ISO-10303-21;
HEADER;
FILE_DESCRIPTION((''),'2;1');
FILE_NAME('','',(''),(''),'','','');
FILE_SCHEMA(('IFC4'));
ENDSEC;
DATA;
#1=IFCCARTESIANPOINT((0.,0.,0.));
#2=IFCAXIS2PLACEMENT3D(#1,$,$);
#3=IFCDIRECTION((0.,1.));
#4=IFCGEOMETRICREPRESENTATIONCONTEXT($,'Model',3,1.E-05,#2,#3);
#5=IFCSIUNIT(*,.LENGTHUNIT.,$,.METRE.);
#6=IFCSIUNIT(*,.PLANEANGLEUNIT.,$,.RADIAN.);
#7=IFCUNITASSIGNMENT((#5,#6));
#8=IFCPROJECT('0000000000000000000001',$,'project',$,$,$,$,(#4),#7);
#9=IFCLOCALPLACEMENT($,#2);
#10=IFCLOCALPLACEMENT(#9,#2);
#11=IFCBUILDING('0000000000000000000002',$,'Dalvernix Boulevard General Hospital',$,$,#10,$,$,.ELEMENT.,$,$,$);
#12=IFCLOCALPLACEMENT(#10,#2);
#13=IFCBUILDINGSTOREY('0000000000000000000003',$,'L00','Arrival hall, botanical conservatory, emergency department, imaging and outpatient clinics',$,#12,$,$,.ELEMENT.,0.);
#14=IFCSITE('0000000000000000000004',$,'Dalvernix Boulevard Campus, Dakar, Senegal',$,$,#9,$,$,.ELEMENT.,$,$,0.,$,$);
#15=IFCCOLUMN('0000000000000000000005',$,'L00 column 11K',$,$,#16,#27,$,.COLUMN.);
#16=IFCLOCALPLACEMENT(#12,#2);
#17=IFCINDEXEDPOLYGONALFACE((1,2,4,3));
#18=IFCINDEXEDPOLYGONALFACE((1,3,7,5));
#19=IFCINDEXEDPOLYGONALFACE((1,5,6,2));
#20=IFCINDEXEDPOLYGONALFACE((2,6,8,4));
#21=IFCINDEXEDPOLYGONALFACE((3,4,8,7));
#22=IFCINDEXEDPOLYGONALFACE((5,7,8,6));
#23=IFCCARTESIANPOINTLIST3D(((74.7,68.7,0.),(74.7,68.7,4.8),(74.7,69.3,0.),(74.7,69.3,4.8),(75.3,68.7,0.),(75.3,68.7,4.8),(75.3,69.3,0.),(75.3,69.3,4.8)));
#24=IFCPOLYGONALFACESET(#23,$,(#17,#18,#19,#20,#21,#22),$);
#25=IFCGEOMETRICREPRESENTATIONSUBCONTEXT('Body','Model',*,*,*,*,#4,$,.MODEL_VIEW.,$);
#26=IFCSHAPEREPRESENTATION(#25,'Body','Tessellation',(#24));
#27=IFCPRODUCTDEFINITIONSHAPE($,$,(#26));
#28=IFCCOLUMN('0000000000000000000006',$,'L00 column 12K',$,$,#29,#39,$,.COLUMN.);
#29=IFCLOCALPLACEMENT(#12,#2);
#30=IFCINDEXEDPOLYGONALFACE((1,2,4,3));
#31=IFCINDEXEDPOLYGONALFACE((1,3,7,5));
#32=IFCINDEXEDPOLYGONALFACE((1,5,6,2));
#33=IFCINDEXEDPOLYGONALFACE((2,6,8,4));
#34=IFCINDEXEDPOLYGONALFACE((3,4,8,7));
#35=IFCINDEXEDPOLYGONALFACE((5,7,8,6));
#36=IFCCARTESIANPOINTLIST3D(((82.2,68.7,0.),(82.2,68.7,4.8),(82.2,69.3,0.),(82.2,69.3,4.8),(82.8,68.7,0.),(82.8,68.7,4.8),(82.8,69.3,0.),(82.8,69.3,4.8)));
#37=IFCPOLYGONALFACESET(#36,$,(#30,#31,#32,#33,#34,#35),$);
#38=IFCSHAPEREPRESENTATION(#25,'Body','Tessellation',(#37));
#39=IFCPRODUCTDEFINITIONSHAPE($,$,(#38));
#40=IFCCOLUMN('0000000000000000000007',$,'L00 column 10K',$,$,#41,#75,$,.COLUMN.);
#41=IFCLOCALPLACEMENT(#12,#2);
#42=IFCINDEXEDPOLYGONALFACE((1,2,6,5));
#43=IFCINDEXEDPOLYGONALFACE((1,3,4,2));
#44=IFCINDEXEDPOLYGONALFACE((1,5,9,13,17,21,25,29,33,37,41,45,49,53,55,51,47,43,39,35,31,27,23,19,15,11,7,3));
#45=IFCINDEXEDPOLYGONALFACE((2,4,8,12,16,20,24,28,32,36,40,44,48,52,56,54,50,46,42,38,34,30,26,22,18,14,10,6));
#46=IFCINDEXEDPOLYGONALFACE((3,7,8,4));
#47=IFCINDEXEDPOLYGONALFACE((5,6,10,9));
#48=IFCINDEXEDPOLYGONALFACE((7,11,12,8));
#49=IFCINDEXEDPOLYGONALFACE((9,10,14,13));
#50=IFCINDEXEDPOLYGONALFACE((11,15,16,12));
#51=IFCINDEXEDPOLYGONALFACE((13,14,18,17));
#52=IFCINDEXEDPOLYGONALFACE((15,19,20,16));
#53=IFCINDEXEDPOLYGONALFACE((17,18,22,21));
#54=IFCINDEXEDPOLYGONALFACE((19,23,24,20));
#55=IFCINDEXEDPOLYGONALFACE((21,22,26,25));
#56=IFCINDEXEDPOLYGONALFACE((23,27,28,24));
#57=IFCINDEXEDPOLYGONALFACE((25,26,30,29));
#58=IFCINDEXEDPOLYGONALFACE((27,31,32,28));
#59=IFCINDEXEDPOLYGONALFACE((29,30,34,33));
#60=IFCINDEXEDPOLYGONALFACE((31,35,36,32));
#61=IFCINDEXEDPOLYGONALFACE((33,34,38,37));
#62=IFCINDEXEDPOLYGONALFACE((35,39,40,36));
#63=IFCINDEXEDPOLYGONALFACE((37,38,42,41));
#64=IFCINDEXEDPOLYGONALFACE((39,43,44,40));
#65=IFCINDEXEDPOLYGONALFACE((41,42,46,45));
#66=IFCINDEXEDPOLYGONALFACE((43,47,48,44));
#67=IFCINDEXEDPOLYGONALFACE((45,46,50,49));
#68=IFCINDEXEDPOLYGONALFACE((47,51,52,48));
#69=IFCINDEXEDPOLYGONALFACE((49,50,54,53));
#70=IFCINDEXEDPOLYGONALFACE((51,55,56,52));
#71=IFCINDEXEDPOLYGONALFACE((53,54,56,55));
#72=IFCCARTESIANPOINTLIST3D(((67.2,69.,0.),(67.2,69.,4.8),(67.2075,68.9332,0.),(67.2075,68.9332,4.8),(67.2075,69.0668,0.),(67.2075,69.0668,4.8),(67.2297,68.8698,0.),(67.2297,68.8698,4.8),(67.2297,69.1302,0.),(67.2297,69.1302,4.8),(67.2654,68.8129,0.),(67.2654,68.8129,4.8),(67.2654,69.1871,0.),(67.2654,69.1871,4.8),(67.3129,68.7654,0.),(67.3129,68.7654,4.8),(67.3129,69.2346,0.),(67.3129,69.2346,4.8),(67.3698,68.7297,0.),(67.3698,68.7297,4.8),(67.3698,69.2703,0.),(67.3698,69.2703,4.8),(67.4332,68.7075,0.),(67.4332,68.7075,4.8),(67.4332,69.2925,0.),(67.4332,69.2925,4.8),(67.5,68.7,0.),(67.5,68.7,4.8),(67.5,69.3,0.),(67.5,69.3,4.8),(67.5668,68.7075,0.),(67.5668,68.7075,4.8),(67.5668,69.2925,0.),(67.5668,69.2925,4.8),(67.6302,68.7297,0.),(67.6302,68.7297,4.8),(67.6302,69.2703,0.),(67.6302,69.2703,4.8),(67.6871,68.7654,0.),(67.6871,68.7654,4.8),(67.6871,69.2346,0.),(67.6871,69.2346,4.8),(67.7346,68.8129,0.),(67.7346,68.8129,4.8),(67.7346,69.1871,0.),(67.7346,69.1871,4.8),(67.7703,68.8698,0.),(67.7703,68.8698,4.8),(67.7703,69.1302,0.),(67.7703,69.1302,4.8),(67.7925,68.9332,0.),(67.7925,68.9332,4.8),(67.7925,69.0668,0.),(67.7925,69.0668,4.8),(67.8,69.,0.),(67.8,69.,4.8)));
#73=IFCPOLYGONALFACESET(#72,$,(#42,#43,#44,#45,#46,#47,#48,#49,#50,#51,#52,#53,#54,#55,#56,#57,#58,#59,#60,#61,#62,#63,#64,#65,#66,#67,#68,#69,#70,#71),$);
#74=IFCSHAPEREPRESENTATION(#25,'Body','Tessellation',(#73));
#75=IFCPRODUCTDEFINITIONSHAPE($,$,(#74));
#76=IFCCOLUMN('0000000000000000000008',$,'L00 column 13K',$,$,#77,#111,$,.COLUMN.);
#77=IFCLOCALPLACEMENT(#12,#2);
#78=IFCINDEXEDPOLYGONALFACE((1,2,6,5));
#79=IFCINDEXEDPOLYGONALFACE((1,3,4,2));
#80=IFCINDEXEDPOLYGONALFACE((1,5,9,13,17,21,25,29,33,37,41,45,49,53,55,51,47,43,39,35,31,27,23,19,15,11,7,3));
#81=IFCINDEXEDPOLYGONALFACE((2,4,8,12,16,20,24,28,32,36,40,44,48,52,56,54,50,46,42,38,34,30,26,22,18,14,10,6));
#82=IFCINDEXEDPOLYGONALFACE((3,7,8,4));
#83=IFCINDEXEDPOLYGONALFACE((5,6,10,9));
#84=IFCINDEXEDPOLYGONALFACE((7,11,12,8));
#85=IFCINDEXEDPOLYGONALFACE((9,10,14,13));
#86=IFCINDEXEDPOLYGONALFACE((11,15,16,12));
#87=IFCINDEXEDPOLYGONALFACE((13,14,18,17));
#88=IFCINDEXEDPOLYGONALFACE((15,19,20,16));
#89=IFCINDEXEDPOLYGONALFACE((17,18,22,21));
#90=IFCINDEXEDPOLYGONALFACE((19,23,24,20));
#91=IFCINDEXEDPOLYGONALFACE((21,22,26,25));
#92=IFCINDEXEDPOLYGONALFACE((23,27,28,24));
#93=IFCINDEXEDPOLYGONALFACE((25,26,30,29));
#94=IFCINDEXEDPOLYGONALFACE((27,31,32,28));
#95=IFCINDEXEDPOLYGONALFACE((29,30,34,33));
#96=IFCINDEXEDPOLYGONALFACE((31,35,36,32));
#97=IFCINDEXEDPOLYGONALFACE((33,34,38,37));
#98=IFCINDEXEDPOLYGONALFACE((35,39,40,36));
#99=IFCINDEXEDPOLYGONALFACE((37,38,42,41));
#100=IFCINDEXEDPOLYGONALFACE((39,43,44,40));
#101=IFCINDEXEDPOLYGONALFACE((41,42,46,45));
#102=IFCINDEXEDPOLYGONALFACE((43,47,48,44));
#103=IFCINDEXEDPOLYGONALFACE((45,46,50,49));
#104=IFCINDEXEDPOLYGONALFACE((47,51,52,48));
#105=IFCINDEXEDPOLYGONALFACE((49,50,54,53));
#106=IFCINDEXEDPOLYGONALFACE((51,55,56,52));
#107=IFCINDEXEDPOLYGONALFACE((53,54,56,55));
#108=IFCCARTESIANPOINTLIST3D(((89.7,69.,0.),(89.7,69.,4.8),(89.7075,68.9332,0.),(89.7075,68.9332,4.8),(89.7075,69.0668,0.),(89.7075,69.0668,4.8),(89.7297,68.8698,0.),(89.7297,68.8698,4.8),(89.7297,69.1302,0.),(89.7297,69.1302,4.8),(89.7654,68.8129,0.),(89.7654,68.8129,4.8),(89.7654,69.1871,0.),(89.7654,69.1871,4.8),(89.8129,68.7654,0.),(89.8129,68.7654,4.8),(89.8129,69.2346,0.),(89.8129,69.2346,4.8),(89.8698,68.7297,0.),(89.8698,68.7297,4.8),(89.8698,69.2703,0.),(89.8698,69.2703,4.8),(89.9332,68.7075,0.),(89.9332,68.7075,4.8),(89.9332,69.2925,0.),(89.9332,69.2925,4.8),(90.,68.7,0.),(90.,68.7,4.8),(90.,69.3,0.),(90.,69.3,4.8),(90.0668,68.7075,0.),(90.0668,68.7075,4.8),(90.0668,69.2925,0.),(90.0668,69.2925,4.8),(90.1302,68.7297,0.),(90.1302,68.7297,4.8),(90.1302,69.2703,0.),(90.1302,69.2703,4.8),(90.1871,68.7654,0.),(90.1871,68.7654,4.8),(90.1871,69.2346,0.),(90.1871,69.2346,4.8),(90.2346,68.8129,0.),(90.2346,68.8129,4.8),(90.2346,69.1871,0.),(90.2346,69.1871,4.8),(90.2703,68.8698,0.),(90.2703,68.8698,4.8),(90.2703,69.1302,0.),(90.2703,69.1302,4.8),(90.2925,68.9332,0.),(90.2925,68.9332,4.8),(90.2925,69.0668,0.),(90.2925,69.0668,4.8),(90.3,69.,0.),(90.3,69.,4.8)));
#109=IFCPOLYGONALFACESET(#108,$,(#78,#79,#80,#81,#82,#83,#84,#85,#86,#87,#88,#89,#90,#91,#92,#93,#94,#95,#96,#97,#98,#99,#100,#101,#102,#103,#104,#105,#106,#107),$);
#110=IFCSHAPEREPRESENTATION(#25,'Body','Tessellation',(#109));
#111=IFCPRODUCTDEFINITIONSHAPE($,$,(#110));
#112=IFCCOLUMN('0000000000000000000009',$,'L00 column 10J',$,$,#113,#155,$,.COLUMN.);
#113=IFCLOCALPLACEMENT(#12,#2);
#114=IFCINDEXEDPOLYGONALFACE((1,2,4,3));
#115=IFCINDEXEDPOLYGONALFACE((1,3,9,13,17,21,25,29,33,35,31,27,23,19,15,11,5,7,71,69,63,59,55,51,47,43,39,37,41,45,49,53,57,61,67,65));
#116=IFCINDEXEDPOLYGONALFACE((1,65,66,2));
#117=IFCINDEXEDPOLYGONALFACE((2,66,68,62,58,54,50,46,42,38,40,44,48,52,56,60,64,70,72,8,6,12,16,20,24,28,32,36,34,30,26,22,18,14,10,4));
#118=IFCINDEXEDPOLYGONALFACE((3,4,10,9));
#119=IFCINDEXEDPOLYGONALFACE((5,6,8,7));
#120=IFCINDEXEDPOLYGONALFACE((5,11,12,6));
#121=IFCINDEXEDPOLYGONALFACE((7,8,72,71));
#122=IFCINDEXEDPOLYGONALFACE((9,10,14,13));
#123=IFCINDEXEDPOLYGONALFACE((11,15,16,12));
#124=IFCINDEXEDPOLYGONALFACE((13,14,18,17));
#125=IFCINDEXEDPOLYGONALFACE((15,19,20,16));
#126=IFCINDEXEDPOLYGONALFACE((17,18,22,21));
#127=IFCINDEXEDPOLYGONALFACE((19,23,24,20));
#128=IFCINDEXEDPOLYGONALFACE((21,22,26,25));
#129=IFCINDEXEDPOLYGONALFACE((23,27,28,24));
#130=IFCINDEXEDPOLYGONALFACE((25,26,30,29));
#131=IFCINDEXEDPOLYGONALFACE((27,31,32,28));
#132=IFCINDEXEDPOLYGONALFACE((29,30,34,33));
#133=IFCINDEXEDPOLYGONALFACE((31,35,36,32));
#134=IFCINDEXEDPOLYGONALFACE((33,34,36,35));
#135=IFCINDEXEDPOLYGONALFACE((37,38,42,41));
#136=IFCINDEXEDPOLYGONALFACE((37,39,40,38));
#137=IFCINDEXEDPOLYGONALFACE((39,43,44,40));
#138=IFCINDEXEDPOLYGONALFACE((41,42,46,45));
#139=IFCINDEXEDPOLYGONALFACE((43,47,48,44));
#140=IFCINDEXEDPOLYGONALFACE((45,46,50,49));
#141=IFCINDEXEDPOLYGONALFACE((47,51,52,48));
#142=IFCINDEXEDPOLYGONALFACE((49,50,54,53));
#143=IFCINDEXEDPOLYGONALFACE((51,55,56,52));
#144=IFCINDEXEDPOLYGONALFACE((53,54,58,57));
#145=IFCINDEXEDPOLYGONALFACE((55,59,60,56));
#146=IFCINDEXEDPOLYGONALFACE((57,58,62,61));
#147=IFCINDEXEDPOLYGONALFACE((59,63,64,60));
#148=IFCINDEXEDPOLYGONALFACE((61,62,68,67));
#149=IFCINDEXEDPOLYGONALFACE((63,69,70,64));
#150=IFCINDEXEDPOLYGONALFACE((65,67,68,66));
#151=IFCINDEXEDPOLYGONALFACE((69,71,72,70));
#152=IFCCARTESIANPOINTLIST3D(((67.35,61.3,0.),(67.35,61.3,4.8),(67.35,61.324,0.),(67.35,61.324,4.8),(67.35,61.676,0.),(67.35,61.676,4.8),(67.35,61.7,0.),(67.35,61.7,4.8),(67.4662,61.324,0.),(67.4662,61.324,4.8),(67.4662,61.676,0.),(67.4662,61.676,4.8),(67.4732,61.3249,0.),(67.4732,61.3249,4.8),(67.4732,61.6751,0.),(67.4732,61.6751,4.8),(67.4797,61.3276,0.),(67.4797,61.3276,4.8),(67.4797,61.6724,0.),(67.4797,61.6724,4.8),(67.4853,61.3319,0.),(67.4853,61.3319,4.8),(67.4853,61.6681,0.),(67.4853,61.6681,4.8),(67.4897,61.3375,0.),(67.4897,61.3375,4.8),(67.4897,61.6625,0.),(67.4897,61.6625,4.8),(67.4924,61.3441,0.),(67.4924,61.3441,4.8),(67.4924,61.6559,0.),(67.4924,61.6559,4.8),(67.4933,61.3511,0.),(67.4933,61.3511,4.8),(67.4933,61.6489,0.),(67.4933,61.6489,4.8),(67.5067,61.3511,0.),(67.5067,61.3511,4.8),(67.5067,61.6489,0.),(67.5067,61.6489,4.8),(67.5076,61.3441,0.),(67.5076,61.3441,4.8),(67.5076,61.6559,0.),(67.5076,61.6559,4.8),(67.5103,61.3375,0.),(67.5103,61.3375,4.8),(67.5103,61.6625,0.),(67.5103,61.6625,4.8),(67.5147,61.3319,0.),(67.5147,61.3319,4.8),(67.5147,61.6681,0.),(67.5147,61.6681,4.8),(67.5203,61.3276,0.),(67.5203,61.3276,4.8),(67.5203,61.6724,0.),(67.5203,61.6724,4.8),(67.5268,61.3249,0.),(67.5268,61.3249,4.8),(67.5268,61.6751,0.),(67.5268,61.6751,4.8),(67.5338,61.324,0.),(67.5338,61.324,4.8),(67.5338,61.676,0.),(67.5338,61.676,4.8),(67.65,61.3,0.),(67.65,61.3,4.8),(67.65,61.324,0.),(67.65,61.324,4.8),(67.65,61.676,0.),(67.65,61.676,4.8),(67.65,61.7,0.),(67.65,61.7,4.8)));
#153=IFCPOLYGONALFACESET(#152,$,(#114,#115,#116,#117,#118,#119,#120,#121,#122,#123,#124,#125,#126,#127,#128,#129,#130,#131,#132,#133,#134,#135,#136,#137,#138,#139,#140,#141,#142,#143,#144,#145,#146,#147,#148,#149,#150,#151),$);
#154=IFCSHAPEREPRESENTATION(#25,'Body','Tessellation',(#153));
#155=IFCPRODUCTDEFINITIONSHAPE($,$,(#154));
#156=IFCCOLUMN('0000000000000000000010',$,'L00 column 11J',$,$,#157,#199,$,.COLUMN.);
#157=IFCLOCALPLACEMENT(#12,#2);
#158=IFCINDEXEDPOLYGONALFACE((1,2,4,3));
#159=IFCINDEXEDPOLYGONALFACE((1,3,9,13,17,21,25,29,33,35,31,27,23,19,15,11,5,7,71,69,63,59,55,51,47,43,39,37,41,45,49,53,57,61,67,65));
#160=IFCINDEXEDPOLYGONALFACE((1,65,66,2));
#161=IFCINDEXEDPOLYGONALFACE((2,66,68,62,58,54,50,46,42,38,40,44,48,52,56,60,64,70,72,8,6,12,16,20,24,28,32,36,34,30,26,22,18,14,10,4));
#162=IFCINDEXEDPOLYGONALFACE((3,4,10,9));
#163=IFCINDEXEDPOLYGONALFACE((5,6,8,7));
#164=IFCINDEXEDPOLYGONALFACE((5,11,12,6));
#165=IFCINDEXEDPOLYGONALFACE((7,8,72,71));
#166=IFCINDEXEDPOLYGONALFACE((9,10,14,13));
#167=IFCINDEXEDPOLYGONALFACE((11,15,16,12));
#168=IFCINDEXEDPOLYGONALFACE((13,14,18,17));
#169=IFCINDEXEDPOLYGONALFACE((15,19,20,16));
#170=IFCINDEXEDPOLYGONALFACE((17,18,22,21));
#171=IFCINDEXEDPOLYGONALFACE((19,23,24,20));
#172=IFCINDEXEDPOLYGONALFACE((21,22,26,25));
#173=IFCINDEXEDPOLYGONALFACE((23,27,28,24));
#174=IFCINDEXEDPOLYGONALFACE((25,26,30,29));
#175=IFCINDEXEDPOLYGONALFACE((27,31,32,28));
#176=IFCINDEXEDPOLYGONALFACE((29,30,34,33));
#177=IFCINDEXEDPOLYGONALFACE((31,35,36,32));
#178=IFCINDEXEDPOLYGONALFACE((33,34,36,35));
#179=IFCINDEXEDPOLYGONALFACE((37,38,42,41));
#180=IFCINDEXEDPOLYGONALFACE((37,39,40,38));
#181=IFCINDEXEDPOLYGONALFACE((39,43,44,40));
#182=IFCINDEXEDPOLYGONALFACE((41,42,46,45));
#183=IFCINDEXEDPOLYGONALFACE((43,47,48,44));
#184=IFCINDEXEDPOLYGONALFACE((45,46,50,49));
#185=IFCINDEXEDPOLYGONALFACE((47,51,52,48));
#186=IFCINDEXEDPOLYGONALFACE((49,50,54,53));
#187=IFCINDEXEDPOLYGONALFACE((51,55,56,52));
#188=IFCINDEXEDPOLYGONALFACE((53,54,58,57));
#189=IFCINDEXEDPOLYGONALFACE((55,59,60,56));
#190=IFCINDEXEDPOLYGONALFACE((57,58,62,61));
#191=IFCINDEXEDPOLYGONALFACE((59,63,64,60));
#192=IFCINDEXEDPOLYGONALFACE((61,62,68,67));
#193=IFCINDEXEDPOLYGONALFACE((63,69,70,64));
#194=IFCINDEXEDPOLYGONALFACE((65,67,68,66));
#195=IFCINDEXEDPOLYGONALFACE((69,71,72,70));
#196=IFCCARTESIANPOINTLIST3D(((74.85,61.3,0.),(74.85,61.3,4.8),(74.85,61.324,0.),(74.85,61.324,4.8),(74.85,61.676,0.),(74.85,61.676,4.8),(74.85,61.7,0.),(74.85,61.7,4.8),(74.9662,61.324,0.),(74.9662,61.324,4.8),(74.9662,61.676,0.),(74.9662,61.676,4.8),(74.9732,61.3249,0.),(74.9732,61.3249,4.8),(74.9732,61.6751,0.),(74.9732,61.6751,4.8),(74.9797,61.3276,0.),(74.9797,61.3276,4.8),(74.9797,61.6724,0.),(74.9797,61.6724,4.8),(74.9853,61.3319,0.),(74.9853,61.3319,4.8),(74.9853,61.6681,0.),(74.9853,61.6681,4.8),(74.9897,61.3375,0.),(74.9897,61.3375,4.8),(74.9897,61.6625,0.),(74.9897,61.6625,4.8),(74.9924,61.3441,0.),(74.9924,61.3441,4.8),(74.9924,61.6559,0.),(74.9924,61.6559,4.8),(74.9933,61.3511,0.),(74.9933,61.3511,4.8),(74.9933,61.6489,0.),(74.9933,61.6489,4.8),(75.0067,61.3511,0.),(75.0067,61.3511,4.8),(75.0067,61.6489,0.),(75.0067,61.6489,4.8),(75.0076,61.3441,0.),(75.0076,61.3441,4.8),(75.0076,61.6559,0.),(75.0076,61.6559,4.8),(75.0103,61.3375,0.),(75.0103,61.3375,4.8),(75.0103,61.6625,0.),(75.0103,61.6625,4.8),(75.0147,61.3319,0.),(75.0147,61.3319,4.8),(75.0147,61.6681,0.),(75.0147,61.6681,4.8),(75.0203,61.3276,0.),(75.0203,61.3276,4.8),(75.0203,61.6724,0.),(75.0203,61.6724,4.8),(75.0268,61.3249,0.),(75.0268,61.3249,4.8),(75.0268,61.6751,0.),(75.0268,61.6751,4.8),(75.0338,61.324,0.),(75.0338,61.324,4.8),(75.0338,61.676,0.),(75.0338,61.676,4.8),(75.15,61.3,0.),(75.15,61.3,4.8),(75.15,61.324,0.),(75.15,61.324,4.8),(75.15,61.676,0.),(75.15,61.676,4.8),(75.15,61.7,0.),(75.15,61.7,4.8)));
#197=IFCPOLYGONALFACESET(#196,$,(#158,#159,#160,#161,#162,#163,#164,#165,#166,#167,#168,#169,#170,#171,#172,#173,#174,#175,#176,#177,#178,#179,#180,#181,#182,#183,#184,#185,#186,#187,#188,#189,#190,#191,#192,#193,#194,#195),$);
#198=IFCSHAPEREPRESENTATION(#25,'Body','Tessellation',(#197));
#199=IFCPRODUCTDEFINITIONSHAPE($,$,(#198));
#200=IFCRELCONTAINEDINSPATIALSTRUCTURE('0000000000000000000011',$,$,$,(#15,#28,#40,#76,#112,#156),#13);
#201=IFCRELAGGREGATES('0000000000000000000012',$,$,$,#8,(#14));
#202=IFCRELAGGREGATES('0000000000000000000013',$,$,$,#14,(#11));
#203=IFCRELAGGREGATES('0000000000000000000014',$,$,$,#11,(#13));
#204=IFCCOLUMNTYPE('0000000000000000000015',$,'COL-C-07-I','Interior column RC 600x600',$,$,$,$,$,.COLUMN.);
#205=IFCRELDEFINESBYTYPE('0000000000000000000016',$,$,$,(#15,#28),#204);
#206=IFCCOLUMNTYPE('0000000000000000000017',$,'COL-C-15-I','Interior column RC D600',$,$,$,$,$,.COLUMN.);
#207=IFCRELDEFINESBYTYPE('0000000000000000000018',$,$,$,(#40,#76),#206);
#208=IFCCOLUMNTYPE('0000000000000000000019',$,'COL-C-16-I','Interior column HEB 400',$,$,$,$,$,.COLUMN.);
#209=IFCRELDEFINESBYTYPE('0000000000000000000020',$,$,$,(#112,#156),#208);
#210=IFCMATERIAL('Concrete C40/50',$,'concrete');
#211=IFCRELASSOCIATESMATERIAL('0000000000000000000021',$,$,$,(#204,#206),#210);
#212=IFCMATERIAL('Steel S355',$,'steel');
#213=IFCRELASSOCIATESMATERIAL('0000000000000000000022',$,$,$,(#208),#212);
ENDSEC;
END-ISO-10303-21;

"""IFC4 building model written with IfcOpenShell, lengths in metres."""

from ifc_helpers import new_model, si_unit, direction, frame, origin, origin_2d, place, context, subcontext, project, spatial, rectangle, circle, i_section, extrude, material, material_profile, profile_set, type_object, element, save


model = new_model("IFC4")

# Units and contexts
model_context = context("Model", 3, precision=1e-05, world=origin(), true_north=direction((0.0, 1.0)))
body_context = subcontext(model_context, "Body", "Model", "MODEL_VIEW")
ifc_project = project(units=[si_unit("LENGTHUNIT", "METRE"), si_unit("PLANEANGLEUNIT", "RADIAN")], contexts=[model_context])

# Site, building, storey
site_placement = place(None, origin())
site = spatial("IfcSite", under=ifc_project, at=site_placement, Name="Dalvernix Boulevard Campus, Dakar, Senegal", CompositionType="ELEMENT", RefElevation=0.0)
building_placement = place(site_placement, origin())
building = spatial("IfcBuilding", under=site, at=building_placement, Name="Dalvernix Boulevard General Hospital", CompositionType="ELEMENT")
storey_placement = place(building_placement, origin())
storey = spatial("IfcBuildingStorey", under=building, at=storey_placement, Name="L00", Description="Arrival hall, botanical conservatory, emergency department, imaging and outpatient clinics", CompositionType="ELEMENT", Elevation=0.0)

# Columns
ifc_material_1 = material(Name="Concrete C40/50", Category="concrete")
ifc_material_profile_1 = material_profile(ifc_material_1, rectangle(XDim=0.6001, YDim=0.6001, at=origin_2d()), Name="RC 600x600")
ifc_profile_set_1 = profile_set([ifc_material_profile_1], Name="Concrete C40/50")
column_type_1 = type_object("IfcColumnType", Name="COL-C-07-I", Description="Interior column RC 600x600", PredefinedType="COLUMN", material=ifc_profile_set_1)
for number, where, z_axis, x_axis, name in (
    (1, (75.0, 69.0, 0.0), (0.0, 0.0, 1.0), (1.0, 0.0, 0.0), "L00 column 11K"),
    (2, (82.5, 69.0, 0.0), (0.0, 0.0, 1.0), (1.0, 0.0, 0.0), "L00 column 12K"),
):
    element("IfcColumn", number, at=place(storey_placement, frame(where, z_axis=z_axis, x_axis=x_axis)), inside=storey, type_object=column_type_1, Name=name, PredefinedType="COLUMN", context=body_context, shape_type="SweptSolid", body=[
        extrude(rectangle(XDim=0.6001, YDim=0.6001, at=origin_2d()), origin(), (0.0, 0.0, 1.0), 4.8),
    ])
ifc_material_profile_2 = material_profile(ifc_material_1, circle(Radius=0.3, at=origin_2d()), Name="RC D600")
ifc_profile_set_2 = profile_set([ifc_material_profile_2], Name="Concrete C40/50")
column_type_2 = type_object("IfcColumnType", Name="COL-C-15-I", Description="Interior column RC D600", PredefinedType="COLUMN", material=ifc_profile_set_2)
for number, where, z_axis, x_axis, name in (
    (3, (67.5, 69.0, 0.0), (0.0, 0.0, 1.0), (1.0, 0.0, 0.0), "L00 column 10K"),
    (4, (90.0, 69.0, 0.0), (0.0, 0.0, 1.0), (1.0, 0.0, 0.0), "L00 column 13K"),
):
    element("IfcColumn", number, at=place(storey_placement, frame(where, z_axis=z_axis, x_axis=x_axis)), inside=storey, type_object=column_type_2, Name=name, PredefinedType="COLUMN", context=body_context, shape_type="SweptSolid", body=[
        extrude(circle(Radius=0.3, at=origin_2d()), origin(), (0.0, 0.0, 1.0), 4.8),
    ])
ifc_material_2 = material(Name="Steel S355", Category="steel")
ifc_material_profile_3 = material_profile(ifc_material_2, i_section(OverallWidth=0.3, OverallDepth=0.3999, WebThickness=0.0134, FlangeThickness=0.0239, FilletRadius=0.0271, at=origin_2d()), Name="HEB 400")
ifc_profile_set_3 = profile_set([ifc_material_profile_3], Name="Steel S355")
column_type_3 = type_object("IfcColumnType", Name="COL-C-16-I", Description="Interior column HEB 400", PredefinedType="COLUMN", material=ifc_profile_set_3)
for number, where, z_axis, x_axis, name in (
    (5, (67.5, 61.5, 0.0), (0.0, 0.0, 1.0), (1.0, 0.0, 0.0), "L00 column 10J"),
    (6, (75.0, 61.5, 0.0), (0.0, 0.0, 1.0), (1.0, 0.0, 0.0), "L00 column 11J"),
):
    element("IfcColumn", number, at=place(storey_placement, frame(where, z_axis=z_axis, x_axis=x_axis)), inside=storey, type_object=column_type_3, Name=name, PredefinedType="COLUMN", context=body_context, shape_type="SweptSolid", body=[
        extrude(i_section(OverallWidth=0.3, OverallDepth=0.3999, WebThickness=0.0134, FlangeThickness=0.0239, FilletRadius=0.0271, at=origin_2d()), origin(), (0.0, 0.0, 1.0), 4.8),
    ])

save(model, "model.ifc")
